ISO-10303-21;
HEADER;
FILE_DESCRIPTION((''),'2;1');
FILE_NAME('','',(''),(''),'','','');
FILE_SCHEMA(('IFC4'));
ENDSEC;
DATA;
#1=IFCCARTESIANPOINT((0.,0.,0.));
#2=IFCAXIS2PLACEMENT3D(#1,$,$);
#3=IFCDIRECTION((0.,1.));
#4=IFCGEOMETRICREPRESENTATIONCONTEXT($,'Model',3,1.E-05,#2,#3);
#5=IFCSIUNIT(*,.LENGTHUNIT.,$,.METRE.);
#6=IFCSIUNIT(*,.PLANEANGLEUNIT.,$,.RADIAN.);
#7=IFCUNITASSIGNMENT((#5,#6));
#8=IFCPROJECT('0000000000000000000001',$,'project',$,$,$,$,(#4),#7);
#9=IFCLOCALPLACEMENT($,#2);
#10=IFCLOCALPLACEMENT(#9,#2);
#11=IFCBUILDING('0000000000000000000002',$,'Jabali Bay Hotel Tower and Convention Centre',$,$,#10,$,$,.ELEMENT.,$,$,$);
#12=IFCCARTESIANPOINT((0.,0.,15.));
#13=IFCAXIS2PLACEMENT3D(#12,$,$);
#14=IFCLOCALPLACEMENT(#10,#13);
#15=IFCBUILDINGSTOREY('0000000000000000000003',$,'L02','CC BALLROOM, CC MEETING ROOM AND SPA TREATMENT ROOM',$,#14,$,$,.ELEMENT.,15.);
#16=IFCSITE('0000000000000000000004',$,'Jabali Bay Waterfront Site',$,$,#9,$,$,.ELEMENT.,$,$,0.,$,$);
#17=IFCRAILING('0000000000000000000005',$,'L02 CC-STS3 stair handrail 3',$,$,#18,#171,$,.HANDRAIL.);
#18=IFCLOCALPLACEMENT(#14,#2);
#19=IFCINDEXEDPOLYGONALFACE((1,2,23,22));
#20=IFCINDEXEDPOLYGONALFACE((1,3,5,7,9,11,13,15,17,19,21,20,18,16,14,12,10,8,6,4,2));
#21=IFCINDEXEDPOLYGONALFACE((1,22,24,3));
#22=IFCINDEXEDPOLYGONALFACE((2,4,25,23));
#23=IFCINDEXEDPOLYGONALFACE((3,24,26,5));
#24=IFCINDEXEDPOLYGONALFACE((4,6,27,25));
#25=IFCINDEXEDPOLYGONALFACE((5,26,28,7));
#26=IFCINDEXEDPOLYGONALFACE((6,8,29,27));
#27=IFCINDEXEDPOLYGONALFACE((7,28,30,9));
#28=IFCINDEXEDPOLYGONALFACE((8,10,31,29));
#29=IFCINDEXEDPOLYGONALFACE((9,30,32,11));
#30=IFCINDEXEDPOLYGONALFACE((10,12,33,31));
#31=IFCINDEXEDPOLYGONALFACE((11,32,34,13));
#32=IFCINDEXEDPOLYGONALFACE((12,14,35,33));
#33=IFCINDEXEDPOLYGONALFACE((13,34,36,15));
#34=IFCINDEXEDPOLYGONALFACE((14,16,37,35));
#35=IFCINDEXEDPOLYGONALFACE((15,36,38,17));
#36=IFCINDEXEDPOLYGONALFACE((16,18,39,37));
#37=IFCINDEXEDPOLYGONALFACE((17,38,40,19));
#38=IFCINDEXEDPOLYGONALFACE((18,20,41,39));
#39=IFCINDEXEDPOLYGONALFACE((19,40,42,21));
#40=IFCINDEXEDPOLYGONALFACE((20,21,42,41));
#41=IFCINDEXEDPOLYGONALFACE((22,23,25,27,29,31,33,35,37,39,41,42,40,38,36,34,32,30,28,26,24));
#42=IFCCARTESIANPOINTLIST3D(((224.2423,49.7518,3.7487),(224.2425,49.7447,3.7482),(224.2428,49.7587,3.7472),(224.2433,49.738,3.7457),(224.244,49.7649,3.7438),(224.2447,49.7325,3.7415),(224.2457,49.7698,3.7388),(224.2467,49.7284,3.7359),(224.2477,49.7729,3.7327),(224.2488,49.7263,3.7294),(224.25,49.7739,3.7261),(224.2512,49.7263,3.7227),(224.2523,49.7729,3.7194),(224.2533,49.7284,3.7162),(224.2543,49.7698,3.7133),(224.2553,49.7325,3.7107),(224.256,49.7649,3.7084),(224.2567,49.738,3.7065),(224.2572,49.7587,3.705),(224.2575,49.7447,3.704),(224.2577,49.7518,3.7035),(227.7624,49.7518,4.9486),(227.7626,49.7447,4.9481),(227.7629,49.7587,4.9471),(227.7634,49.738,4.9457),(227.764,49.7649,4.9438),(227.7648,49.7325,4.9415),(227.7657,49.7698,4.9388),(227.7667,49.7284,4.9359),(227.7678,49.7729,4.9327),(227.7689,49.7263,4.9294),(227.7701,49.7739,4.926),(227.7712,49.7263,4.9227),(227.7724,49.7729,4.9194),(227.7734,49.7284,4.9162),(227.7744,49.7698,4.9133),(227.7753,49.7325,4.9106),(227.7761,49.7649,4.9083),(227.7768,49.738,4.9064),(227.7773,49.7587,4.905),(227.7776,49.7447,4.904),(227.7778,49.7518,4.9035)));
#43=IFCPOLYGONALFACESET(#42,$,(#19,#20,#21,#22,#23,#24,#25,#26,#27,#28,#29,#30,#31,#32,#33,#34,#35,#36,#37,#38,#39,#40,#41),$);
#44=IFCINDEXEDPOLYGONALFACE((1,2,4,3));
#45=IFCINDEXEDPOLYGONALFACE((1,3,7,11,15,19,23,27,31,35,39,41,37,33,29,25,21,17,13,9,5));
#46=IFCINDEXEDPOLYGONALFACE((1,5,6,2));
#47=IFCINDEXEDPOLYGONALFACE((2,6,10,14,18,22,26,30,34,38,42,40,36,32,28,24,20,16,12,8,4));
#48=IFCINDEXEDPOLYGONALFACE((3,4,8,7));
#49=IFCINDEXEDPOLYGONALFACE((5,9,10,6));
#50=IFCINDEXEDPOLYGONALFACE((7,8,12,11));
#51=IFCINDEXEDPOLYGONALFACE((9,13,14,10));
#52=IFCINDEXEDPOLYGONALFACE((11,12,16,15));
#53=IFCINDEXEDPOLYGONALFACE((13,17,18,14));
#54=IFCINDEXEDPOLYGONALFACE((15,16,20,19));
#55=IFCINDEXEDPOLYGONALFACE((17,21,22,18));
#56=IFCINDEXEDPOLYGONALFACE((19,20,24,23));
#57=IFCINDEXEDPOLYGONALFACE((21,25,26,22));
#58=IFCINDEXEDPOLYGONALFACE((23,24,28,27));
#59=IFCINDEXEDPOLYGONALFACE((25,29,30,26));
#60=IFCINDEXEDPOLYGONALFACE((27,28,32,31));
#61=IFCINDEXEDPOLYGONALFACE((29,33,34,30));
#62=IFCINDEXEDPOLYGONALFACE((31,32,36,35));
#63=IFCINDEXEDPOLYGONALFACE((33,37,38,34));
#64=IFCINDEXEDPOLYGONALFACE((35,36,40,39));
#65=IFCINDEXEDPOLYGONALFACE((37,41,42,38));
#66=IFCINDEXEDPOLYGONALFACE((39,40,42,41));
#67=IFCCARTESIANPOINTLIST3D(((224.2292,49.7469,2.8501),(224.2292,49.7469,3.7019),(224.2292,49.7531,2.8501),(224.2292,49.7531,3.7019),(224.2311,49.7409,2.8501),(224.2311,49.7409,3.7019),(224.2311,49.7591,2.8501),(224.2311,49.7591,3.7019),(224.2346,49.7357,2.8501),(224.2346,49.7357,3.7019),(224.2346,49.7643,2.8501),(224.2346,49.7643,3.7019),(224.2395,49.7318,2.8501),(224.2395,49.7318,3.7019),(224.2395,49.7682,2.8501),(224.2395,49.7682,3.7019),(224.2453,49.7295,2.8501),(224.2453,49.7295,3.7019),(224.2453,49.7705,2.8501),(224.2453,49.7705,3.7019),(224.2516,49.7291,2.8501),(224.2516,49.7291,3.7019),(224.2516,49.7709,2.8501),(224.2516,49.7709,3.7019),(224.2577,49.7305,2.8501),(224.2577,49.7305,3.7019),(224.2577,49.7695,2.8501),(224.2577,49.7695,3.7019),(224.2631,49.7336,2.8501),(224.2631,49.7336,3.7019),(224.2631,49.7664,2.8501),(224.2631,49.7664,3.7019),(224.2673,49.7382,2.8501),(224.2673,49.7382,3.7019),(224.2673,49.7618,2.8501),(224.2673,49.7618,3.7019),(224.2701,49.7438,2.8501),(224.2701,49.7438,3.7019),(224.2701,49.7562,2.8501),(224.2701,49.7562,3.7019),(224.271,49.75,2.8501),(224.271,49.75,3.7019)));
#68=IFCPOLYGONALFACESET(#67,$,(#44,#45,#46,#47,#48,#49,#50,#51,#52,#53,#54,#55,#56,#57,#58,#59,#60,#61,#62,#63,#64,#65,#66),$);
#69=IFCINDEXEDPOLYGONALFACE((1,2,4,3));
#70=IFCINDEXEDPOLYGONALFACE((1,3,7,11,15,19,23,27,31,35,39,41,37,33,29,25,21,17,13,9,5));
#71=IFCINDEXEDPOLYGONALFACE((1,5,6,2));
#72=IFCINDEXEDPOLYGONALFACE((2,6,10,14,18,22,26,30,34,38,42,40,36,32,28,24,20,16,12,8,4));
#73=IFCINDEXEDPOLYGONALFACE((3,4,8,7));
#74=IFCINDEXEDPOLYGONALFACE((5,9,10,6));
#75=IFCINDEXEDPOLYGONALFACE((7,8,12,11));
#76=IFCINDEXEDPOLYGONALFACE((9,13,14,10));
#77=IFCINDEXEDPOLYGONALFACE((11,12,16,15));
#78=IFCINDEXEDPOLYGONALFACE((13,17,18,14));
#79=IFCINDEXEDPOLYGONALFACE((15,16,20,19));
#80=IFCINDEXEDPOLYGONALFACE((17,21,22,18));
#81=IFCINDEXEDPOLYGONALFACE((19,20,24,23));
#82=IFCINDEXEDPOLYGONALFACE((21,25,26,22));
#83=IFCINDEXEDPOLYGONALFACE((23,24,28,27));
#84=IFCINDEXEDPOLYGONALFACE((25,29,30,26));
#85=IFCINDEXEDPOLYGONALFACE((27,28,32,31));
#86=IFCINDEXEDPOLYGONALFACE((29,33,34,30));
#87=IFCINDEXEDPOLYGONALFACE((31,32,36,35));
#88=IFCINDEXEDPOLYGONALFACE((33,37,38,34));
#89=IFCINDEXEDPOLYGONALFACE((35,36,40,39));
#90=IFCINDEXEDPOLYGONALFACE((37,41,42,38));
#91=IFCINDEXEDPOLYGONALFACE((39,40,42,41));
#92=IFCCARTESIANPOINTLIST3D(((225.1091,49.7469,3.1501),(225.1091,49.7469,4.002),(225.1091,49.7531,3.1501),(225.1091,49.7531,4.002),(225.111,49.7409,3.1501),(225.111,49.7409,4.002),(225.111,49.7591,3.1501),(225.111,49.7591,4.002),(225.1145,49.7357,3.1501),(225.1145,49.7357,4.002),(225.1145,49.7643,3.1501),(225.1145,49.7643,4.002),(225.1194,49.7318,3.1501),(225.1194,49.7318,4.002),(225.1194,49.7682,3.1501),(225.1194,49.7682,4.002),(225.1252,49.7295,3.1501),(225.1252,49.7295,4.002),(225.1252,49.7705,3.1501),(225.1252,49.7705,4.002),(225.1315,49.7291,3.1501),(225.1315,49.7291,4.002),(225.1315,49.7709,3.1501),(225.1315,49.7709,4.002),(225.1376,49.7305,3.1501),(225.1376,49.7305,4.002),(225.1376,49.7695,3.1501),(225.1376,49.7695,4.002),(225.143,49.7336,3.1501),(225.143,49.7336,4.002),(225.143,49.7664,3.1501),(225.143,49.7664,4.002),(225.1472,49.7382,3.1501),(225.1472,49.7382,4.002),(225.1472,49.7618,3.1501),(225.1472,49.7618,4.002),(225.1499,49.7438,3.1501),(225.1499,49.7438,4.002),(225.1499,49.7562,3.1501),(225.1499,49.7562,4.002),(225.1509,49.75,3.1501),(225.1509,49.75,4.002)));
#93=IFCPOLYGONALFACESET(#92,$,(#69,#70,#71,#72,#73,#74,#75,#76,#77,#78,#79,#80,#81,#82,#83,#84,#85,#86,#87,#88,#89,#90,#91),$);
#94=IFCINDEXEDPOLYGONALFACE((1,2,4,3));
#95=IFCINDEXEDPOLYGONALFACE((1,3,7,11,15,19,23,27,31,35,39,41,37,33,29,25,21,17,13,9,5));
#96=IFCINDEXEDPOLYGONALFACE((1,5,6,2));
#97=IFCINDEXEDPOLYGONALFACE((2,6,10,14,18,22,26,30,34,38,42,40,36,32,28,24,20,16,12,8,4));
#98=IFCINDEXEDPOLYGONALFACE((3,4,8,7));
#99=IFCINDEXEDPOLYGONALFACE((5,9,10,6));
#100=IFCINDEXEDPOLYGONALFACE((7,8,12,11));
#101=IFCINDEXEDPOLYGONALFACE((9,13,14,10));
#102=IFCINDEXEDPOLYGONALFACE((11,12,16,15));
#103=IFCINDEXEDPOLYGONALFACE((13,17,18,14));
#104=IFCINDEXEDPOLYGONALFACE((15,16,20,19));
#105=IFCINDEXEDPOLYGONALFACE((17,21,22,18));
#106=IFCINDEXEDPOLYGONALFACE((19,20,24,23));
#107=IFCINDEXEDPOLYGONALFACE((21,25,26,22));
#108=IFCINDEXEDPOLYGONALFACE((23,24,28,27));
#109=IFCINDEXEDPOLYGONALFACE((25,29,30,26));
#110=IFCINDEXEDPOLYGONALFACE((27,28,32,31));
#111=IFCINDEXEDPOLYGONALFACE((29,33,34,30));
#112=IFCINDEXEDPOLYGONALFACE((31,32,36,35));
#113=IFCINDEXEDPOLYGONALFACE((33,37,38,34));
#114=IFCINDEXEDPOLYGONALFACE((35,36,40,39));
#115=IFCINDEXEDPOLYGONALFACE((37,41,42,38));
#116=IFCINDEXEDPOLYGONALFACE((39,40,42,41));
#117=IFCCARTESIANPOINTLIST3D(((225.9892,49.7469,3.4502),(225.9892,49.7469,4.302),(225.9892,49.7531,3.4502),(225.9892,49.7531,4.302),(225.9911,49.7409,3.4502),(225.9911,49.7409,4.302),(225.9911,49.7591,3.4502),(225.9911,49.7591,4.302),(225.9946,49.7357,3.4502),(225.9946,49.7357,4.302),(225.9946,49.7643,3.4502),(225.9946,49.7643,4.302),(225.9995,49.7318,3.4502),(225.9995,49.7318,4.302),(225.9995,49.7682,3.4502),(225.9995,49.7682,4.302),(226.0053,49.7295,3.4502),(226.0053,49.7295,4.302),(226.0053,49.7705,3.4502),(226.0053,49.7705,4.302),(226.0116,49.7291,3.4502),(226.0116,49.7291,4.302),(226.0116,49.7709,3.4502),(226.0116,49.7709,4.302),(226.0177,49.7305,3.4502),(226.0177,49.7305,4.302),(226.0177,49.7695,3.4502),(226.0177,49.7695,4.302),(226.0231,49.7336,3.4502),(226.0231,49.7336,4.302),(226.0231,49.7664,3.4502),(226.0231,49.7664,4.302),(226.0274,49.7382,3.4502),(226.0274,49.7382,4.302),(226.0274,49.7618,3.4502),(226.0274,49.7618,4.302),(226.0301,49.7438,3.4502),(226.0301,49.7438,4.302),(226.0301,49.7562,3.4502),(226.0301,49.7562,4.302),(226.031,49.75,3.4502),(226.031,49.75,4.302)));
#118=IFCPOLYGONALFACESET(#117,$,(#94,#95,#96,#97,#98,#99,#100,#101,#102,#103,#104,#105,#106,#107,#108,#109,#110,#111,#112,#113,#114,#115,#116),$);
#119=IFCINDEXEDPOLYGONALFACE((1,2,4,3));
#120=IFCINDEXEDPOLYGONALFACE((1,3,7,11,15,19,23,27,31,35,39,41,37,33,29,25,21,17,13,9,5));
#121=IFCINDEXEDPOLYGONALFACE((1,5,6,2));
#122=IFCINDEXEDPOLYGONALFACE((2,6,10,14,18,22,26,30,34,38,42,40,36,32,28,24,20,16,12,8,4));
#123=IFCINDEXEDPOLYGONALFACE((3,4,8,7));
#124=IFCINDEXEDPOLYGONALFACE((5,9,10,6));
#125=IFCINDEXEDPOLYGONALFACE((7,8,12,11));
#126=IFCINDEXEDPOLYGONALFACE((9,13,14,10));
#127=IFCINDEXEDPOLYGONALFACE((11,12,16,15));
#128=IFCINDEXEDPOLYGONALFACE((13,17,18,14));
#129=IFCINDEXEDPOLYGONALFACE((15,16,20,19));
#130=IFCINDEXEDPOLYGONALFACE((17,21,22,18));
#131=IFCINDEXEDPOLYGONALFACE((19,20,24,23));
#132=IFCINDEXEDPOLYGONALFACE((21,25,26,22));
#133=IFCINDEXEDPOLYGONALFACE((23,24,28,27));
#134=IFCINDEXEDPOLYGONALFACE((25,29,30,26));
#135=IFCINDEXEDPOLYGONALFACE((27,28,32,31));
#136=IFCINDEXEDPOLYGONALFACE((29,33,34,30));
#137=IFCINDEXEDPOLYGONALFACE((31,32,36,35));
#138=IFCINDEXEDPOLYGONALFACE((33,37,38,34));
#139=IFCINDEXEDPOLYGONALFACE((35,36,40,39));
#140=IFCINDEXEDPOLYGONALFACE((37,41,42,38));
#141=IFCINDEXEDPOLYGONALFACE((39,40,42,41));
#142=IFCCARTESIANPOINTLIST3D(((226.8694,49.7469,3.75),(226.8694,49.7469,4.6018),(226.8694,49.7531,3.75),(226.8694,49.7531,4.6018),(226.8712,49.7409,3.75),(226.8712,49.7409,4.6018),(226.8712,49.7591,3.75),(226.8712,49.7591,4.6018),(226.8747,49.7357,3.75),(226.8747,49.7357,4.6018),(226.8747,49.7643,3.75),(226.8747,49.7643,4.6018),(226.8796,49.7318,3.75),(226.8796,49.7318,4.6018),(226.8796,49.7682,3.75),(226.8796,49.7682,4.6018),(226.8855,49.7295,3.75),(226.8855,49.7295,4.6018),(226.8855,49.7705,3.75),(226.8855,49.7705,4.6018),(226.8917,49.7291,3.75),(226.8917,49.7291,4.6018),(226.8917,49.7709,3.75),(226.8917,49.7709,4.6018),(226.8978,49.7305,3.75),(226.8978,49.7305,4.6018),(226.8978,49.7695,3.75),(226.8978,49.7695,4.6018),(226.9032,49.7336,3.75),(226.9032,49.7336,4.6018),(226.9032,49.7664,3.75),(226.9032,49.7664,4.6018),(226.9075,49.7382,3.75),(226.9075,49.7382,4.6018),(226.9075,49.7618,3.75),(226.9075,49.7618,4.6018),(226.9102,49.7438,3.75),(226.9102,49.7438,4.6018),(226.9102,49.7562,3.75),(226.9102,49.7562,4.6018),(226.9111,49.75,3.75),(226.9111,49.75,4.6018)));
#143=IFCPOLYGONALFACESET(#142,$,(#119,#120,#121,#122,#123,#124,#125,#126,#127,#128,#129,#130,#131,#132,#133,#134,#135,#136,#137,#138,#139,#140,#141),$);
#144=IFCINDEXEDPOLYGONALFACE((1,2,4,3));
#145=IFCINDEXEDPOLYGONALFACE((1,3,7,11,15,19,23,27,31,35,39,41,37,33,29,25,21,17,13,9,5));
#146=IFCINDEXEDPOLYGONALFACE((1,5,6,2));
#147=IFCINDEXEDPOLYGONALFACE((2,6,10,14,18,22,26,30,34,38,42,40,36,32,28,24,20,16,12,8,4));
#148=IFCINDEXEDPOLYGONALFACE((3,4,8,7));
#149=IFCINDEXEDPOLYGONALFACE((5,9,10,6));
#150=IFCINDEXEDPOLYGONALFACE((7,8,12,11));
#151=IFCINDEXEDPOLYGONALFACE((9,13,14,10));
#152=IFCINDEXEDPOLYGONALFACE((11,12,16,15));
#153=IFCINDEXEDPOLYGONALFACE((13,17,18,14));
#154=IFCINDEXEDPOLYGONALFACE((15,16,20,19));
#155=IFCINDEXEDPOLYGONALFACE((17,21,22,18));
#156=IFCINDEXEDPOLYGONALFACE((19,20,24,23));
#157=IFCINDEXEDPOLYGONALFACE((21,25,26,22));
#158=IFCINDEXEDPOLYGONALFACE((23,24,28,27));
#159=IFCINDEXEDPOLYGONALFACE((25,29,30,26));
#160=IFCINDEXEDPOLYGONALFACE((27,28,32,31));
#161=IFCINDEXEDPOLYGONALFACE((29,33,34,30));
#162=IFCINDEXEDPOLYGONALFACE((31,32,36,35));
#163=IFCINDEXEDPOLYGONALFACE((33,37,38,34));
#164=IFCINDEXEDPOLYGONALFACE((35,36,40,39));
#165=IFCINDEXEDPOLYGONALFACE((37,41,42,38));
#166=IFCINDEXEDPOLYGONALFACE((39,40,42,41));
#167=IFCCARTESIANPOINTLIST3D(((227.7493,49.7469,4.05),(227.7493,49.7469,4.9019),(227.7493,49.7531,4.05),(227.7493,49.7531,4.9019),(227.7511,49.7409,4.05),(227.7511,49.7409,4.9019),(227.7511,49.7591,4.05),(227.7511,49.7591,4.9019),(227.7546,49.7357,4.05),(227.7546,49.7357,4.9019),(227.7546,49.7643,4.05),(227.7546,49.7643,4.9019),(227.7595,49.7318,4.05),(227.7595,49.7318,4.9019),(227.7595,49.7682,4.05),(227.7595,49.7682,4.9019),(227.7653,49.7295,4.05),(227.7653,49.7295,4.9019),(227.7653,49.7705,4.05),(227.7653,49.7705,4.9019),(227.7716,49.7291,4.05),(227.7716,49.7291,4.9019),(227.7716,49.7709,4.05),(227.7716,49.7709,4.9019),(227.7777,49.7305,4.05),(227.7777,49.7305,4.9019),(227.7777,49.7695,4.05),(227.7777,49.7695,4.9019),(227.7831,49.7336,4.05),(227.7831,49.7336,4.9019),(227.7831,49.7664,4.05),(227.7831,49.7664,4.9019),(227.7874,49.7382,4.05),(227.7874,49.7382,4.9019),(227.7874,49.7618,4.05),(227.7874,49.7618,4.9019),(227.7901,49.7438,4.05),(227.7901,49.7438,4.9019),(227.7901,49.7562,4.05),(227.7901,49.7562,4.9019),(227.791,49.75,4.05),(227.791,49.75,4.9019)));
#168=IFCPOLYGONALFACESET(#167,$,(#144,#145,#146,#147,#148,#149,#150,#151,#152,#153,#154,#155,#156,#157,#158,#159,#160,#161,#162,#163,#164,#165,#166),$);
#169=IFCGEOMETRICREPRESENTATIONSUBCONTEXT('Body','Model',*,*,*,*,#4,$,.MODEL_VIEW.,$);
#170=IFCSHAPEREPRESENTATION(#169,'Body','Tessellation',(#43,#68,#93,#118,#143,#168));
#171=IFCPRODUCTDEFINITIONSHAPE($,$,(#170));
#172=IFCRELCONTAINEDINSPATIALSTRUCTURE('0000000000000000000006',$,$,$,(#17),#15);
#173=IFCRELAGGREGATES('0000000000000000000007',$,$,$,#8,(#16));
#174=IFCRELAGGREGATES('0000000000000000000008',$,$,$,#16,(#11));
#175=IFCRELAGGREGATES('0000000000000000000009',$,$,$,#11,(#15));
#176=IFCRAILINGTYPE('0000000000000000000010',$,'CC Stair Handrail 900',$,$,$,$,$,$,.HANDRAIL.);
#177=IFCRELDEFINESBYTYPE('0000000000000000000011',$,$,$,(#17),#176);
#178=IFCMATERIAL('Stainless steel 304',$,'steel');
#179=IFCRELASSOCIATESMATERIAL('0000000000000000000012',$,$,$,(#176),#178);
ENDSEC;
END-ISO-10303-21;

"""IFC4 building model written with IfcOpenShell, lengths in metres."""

from ifc_helpers import new_model, si_unit, direction, frame, origin, origin_2d, place, context, subcontext, project, spatial, circle, extrude, material, type_object, element, save


model = new_model("IFC4")

# Units and contexts
model_context = context("Model", 3, precision=1e-05, world=origin(), true_north=direction((0.0, 1.0)))
body_context = subcontext(model_context, "Body", "Model", "MODEL_VIEW")
ifc_project = project(units=[si_unit("LENGTHUNIT", "METRE"), si_unit("PLANEANGLEUNIT", "RADIAN")], contexts=[model_context])

# Site, building, storey
site_placement = place(None, origin())
site = spatial("IfcSite", under=ifc_project, at=site_placement, Name="Jabali Bay Waterfront Site", CompositionType="ELEMENT", RefElevation=0.0)
building_placement = place(site_placement, origin())
building = spatial("IfcBuilding", under=site, at=building_placement, Name="Jabali Bay Hotel Tower and Convention Centre", CompositionType="ELEMENT")
storey_placement = place(building_placement, frame((0.0, 0.0, 15.0)))
storey = spatial("IfcBuildingStorey", under=building, at=storey_placement, Name="L02", Description="CC BALLROOM, CC MEETING ROOM AND SPA TREATMENT ROOM", CompositionType="ELEMENT", Elevation=15.0)

# Railing
ifc_material_1 = material(Name="Stainless steel 304", Category="steel")
railing_type_1 = type_object("IfcRailingType", Name="CC Stair Handrail 900", PredefinedType="HANDRAIL", material=ifc_material_1)
railing_1_placement = place(storey_placement, frame((224.25, 49.75, 2.8501)))
element("IfcRailing", 1, at=railing_1_placement, inside=storey, type_object=railing_type_1, Name="L02 CC-STS3 stair handrail 3", PredefinedType="HANDRAIL", context=body_context, shape_type="SweptSolid", body=[
    extrude(circle(Radius=0.0239, at=origin_2d()), frame((0.0, 0.0, 0.876), z_axis=(0.946515, 0.0, 0.322661), x_axis=(0.0, 1.0, 0.0)), (0.0, 0.0, 1.0), 3.719),
    extrude(circle(Radius=0.021, at=origin_2d()), origin(), (0.0, 0.0, 1.0), 0.8518),
    extrude(circle(Radius=0.021, at=origin_2d()), frame((0.8799, 0.0, 0.3)), (0.0, 0.0, 1.0), 0.8518),
    extrude(circle(Radius=0.021, at=origin_2d()), frame((1.76, 0.0, 0.6001)), (0.0, 0.0, 1.0), 0.8518),
    extrude(circle(Radius=0.021, at=origin_2d()), frame((2.6401, 0.0, 0.8999)), (0.0, 0.0, 1.0), 0.8518),
    extrude(circle(Radius=0.021, at=origin_2d()), frame((3.52, 0.0, 1.2)), (0.0, 0.0, 1.0), 0.8518),
])

save(model, "model.ifc")
